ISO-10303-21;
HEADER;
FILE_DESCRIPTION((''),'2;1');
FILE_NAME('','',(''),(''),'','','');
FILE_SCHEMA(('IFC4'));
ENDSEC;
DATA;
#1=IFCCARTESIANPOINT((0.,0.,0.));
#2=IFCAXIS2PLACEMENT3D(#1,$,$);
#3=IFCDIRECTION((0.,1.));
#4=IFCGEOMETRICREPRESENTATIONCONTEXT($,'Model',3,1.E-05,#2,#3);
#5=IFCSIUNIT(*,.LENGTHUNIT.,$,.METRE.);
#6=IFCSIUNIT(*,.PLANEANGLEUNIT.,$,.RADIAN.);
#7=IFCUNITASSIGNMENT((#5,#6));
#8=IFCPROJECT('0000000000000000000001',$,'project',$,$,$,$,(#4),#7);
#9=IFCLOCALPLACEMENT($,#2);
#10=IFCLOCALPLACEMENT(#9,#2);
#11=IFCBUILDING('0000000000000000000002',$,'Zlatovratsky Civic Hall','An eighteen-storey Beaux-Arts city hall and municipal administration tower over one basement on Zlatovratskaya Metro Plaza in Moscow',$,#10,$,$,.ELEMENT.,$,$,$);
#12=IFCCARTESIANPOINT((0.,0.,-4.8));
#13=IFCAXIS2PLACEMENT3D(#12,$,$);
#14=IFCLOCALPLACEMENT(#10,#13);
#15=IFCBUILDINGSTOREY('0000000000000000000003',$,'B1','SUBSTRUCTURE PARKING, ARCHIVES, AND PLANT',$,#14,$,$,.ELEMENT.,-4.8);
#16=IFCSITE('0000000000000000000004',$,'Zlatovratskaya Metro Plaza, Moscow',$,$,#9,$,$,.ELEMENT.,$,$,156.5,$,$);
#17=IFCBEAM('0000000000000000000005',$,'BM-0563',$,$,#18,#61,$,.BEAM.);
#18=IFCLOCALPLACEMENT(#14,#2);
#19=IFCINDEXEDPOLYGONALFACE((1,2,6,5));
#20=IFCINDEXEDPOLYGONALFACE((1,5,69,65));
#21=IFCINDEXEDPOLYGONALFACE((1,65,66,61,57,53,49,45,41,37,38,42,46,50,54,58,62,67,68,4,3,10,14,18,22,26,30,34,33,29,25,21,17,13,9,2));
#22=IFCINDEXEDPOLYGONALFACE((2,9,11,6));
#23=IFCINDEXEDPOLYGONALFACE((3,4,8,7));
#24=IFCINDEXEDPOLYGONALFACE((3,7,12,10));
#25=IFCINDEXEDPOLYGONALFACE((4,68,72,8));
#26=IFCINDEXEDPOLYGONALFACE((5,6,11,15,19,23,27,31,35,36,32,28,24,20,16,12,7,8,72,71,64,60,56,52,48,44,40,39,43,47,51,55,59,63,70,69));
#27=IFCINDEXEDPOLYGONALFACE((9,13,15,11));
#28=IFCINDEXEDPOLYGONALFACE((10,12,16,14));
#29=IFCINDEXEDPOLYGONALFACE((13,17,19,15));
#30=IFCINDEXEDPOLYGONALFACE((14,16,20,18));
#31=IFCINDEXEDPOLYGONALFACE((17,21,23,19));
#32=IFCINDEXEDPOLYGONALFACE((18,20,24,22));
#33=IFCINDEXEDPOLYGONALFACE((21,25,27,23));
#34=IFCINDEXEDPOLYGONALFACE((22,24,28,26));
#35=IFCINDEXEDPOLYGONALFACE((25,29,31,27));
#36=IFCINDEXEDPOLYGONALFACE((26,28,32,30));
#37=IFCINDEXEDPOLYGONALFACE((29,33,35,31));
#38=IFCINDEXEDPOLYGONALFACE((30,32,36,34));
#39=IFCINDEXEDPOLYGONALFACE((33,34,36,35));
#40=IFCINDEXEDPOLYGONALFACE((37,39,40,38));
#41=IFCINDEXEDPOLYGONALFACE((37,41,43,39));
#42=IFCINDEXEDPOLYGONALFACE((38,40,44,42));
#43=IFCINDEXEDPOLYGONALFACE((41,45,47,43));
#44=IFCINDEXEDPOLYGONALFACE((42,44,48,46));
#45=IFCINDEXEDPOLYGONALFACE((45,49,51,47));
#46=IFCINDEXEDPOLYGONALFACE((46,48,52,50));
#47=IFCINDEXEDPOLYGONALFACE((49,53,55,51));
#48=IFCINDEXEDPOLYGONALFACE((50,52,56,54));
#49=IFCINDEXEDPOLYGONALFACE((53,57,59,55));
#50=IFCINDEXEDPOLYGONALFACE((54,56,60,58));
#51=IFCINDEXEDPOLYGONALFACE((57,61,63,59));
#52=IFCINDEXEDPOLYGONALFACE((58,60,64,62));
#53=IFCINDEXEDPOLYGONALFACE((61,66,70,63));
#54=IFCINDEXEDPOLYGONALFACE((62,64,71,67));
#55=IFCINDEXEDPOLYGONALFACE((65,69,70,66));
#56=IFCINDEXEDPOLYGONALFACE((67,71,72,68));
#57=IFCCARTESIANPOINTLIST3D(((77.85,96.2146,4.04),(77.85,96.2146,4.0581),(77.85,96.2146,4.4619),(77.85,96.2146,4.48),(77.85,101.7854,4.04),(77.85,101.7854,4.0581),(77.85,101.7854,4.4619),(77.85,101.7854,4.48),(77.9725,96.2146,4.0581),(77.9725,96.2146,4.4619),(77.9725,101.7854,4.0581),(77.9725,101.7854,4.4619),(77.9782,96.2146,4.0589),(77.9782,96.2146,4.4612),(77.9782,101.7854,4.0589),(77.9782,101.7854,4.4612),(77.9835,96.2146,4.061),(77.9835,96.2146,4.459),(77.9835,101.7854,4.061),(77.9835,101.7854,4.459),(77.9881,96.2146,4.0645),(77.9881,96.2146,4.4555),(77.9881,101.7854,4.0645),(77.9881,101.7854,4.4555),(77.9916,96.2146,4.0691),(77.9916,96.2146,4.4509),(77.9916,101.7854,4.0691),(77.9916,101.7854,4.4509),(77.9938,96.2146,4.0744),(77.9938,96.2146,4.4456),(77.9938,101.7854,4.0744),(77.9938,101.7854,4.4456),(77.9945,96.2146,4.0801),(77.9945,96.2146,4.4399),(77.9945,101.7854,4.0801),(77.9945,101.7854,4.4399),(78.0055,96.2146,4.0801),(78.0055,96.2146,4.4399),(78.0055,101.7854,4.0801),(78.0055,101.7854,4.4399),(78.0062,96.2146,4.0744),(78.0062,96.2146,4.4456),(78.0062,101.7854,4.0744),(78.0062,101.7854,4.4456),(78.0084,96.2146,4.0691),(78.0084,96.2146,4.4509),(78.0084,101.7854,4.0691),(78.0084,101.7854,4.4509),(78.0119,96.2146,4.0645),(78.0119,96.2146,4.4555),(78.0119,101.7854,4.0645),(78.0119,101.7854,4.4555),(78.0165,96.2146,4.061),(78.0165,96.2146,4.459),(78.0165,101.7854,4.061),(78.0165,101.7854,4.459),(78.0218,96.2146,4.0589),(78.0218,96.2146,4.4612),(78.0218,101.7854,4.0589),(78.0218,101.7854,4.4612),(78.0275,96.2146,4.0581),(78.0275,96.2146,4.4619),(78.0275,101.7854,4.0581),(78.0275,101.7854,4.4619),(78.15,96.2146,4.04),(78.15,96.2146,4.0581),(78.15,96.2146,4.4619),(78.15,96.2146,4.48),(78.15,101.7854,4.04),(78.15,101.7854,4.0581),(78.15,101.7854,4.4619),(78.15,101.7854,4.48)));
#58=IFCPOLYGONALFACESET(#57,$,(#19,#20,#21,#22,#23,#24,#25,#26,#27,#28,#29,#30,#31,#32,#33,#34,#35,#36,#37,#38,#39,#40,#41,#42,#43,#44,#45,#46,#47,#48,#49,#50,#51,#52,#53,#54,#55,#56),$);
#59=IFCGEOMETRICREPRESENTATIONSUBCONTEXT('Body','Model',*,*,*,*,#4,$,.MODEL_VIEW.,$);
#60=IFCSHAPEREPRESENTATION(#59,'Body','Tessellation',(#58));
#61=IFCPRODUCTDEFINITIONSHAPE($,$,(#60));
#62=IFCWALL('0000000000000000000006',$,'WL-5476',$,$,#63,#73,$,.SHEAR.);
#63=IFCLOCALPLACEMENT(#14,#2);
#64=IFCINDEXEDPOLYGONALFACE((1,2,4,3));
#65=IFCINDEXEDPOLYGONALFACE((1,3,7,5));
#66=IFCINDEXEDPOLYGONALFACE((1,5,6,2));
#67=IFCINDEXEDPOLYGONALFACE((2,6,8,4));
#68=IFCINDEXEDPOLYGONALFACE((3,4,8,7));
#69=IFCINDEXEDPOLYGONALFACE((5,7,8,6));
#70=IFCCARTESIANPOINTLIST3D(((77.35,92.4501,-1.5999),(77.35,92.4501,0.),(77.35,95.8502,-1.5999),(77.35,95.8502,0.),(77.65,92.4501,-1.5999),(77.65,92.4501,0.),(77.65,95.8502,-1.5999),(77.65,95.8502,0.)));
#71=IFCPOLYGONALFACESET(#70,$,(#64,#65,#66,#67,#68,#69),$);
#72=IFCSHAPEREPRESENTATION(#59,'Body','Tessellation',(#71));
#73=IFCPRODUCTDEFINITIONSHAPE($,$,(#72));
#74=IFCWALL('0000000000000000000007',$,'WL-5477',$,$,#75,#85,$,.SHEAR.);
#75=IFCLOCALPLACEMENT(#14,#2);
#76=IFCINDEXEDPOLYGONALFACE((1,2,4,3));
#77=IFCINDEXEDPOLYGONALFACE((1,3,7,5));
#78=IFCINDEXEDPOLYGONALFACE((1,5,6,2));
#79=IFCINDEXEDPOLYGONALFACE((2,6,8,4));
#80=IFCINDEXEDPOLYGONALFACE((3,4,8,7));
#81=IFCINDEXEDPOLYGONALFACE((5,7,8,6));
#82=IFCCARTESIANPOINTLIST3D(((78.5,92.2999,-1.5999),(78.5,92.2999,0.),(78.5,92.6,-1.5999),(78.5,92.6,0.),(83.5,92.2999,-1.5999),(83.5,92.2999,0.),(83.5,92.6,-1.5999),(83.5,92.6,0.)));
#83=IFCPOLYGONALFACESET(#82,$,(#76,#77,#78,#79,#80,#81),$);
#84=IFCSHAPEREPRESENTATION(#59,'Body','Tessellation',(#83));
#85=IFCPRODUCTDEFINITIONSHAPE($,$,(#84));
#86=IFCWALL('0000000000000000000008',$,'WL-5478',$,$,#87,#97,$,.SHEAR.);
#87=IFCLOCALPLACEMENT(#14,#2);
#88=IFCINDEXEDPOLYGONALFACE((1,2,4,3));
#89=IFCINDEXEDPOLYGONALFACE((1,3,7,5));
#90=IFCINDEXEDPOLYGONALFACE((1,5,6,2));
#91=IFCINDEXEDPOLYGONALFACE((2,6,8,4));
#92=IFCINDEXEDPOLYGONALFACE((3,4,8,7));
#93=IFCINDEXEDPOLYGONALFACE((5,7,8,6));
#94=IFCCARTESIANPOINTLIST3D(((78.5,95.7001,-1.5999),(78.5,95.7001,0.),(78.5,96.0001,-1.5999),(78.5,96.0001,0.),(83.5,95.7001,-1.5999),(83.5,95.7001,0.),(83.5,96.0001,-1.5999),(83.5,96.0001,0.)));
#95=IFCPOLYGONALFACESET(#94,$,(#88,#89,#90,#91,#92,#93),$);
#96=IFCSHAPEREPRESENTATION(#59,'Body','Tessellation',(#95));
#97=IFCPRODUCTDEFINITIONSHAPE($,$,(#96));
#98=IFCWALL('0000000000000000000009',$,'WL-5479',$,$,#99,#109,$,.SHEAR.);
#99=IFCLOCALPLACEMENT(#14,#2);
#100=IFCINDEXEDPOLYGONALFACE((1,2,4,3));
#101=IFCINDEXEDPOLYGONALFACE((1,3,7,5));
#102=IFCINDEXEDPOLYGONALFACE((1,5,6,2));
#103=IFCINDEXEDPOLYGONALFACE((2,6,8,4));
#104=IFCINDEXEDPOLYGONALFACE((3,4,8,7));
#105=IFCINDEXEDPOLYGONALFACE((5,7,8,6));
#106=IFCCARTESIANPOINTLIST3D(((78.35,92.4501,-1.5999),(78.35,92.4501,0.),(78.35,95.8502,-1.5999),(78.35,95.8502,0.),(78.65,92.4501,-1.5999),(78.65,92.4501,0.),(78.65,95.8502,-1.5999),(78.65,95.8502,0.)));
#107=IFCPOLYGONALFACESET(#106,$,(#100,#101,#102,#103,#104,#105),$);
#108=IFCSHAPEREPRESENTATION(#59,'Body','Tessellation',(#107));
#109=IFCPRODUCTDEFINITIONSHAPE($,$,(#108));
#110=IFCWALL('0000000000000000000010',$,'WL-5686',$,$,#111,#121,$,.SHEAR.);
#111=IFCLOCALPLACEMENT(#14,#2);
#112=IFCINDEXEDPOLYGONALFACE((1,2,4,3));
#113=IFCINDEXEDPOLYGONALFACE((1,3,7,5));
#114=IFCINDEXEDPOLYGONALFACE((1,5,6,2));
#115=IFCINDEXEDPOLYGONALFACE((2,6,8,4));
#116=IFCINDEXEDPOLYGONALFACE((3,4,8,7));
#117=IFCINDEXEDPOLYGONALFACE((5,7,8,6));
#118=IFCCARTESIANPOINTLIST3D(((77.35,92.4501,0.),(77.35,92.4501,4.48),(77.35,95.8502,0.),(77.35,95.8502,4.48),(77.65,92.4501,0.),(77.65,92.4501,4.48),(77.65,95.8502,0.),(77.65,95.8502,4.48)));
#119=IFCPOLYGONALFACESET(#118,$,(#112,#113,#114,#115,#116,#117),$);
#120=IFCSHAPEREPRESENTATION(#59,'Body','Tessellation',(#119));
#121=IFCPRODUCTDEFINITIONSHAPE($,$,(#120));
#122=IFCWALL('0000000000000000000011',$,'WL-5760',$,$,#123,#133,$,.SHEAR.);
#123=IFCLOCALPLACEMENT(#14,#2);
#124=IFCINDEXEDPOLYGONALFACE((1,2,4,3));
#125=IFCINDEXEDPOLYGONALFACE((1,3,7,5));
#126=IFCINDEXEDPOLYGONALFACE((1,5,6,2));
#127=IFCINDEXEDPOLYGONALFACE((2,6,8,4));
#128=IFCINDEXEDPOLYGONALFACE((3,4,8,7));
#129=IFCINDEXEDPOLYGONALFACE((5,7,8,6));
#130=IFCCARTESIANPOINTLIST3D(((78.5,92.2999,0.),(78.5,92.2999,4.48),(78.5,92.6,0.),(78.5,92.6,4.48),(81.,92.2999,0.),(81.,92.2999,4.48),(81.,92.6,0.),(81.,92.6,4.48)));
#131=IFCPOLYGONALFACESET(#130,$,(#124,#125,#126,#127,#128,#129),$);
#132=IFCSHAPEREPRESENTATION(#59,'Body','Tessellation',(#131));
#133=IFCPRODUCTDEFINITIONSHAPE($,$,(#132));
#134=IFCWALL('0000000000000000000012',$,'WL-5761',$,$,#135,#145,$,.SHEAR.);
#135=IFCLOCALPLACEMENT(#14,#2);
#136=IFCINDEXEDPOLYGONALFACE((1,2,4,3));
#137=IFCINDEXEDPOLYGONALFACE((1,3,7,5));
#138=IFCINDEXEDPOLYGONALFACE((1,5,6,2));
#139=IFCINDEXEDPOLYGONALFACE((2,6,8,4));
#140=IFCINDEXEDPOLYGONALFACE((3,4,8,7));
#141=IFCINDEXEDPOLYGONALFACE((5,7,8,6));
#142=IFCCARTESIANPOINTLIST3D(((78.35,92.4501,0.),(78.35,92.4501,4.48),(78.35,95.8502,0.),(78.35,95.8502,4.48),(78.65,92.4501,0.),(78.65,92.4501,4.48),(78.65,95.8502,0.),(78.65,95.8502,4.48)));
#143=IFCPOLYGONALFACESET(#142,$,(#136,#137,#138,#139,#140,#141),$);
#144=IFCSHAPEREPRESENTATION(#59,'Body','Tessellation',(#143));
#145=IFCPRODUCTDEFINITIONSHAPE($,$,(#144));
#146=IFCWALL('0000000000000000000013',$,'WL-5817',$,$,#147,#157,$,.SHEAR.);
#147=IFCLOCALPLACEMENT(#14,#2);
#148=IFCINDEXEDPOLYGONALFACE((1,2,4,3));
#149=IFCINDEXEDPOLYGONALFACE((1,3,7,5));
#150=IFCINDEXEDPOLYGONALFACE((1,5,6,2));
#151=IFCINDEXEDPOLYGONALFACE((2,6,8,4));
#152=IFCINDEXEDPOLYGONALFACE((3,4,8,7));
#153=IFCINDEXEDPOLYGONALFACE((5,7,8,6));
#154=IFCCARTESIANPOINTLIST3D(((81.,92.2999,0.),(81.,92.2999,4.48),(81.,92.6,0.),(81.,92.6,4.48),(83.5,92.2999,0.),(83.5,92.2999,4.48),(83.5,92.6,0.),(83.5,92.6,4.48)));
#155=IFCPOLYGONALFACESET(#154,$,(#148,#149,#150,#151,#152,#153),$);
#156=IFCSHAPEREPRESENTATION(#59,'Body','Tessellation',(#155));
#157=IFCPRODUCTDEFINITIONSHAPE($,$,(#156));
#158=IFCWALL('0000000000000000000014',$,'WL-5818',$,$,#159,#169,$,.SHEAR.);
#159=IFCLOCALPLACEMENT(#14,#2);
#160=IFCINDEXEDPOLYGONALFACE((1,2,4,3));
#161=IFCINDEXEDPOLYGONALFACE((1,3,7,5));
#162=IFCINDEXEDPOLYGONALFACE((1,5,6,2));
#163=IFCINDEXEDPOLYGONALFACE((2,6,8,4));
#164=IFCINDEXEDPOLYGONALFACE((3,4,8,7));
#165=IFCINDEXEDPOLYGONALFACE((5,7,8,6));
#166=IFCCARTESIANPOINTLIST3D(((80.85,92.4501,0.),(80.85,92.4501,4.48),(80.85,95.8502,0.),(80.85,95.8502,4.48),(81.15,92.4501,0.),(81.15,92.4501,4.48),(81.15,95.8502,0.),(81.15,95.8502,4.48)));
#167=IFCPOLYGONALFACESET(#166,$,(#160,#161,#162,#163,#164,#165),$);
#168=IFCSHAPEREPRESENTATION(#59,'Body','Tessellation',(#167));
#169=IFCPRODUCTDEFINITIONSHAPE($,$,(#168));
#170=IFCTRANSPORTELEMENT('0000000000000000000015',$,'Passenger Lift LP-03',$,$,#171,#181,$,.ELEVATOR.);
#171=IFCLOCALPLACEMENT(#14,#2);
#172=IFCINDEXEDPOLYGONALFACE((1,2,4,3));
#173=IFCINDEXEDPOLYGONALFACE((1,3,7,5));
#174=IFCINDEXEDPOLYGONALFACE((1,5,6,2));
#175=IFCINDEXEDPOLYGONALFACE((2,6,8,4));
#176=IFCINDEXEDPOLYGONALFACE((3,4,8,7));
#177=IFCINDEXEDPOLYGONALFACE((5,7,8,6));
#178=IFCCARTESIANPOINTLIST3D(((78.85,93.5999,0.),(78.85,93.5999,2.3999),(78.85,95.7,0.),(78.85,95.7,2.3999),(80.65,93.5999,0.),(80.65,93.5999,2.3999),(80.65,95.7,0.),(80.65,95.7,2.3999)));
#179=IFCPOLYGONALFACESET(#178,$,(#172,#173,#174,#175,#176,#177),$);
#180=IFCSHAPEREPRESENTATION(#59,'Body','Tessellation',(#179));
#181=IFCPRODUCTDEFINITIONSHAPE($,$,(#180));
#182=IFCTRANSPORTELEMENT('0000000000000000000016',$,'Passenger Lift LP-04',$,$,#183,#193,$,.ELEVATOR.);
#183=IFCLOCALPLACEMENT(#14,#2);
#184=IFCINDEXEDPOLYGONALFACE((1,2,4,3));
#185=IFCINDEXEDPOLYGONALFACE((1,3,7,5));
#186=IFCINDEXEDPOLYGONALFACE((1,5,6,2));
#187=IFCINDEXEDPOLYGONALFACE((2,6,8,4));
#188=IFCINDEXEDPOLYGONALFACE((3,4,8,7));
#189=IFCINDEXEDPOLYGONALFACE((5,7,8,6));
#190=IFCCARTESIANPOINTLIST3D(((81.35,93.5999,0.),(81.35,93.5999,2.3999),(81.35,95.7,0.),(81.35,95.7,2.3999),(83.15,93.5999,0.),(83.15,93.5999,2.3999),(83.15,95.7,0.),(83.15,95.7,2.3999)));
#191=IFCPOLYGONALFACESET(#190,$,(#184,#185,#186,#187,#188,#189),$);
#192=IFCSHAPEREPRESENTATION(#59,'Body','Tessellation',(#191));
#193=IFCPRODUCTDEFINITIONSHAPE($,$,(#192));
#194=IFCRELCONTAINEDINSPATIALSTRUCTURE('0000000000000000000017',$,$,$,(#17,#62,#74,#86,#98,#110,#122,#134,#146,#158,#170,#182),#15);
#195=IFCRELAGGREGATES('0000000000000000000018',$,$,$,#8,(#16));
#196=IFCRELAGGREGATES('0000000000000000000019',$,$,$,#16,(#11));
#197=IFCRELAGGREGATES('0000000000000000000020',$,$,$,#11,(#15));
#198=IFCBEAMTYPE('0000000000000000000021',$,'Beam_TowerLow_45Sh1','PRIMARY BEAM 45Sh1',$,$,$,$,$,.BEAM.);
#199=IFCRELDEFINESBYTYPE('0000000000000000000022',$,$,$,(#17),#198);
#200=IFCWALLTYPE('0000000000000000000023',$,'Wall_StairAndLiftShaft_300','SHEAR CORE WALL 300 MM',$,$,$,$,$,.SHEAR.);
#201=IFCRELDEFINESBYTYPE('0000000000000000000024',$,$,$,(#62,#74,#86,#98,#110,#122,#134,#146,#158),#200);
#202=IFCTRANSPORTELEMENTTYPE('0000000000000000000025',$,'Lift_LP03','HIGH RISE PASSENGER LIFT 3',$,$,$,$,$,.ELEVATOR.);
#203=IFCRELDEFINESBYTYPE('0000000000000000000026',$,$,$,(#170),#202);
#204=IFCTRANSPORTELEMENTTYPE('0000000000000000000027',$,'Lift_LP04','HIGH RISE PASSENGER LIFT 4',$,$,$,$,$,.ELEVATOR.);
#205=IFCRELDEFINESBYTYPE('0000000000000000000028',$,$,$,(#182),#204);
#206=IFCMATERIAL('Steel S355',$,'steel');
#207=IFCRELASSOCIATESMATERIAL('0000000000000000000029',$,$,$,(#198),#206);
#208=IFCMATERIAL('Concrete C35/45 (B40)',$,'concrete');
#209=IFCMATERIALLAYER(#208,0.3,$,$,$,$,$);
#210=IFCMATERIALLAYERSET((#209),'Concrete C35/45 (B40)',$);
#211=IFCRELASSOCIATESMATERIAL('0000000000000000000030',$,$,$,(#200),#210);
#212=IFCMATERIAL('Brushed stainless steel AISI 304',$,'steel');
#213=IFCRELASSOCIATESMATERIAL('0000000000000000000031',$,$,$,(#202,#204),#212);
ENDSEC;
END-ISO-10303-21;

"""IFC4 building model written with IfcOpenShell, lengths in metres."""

from ifc_helpers import new_model, si_unit, direction, frame, frame_2d, origin, origin_2d, place, context, subcontext, project, spatial, rectangle, i_section, extrude, material, layer, layer_set, material_profile, profile_set, type_object, element, save


model = new_model("IFC4")

# Units and contexts
model_context = context("Model", 3, precision=1e-05, world=origin(), true_north=direction((0.0, 1.0)))
body_context = subcontext(model_context, "Body", "Model", "MODEL_VIEW")
ifc_project = project(units=[si_unit("LENGTHUNIT", "METRE"), si_unit("PLANEANGLEUNIT", "RADIAN")], contexts=[model_context])

# Site, building, storey
site_placement = place(None, origin())
site = spatial("IfcSite", under=ifc_project, at=site_placement, Name="Zlatovratskaya Metro Plaza, Moscow", CompositionType="ELEMENT", RefElevation=156.5)
building_placement = place(site_placement, origin())
building = spatial("IfcBuilding", under=site, at=building_placement, Name="Zlatovratsky Civic Hall", Description="An eighteen-storey Beaux-Arts city hall and municipal administration tower over one basement on Zlatovratskaya Metro Plaza in Moscow", CompositionType="ELEMENT")
storey_placement = place(building_placement, frame((0.0, 0.0, -4.8)))
storey = spatial("IfcBuildingStorey", under=building, at=storey_placement, Name="B1", Description="SUBSTRUCTURE PARKING, ARCHIVES, AND PLANT", CompositionType="ELEMENT", Elevation=-4.8)

# Shared definitions
ifc_material_1 = material(Name="Steel S355", Category="steel")

# Beam
ifc_material_profile_1 = material_profile(ifc_material_1, i_section(OverallWidth=0.3, OverallDepth=0.4399, WebThickness=0.011, FlangeThickness=0.0181, FilletRadius=0.022, at=origin_2d()), Name="45Sh1")
ifc_profile_set_1 = profile_set([ifc_material_profile_1], Name="Steel S355")
beam_type = type_object("IfcBeamType", Name="Beam_TowerLow_45Sh1", Description="PRIMARY BEAM 45Sh1", PredefinedType="BEAM", material=ifc_profile_set_1)
beam_1_placement = place(storey_placement, frame((78.0, 96.2146, 4.26), z_axis=(0.0, 1.0, 0.0), x_axis=(-1.0, 0.0, 0.0)))
element("IfcBeam", 1, at=beam_1_placement, inside=storey, type_object=beam_type, Name="BM-0563", PredefinedType="BEAM", context=body_context, shape_type="SweptSolid", body=[
    extrude(i_section(OverallWidth=0.3, OverallDepth=0.4399, WebThickness=0.011, FlangeThickness=0.0181, FilletRadius=0.022, at=origin_2d()), origin(), (0.0, 0.0, 1.0), 5.5708),
])

# Walls
ifc_material_2 = material(Name="Concrete C35/45 (B40)", Category="concrete")
ifc_layer = layer(ifc_material_2, 0.3)
ifc_layer_set = layer_set([ifc_layer], Name="Concrete C35/45 (B40)")
wall_type = type_object("IfcWallType", Name="Wall_StairAndLiftShaft_300", Description="SHEAR CORE WALL 300 MM", PredefinedType="SHEAR", material=ifc_layer_set)
wall_1_placement = place(storey_placement, frame((77.5, 92.45, -1.5999), z_axis=(0.0, 0.0, 1.0), x_axis=(0.0, 1.0, 0.0)))
element("IfcWall", 2, at=wall_1_placement, inside=storey, type_object=wall_type, Name="WL-5476", PredefinedType="SHEAR", context=body_context, shape_type="SweptSolid", body=[
    extrude(rectangle(XDim=3.4001, YDim=0.3, at=frame_2d((1.7002, 0.0))), origin(), (0.0, 0.0, 1.0), 1.5999),
])
for number, where, z_axis, x_axis, name in (
    (3, (78.5, 92.45, -1.5999), (0.0, 0.0, 1.0), (1.0, 0.0, 0.0), "WL-5477"),
    (4, (78.5, 95.8501, -1.5999), (0.0, 0.0, 1.0), (1.0, 0.0, 0.0), "WL-5478"),
):
    element("IfcWall", number, at=place(storey_placement, frame(where, z_axis=z_axis, x_axis=x_axis)), inside=storey, type_object=wall_type, Name=name, PredefinedType="SHEAR", context=body_context, shape_type="SweptSolid", body=[
        extrude(rectangle(XDim=5.0, YDim=0.3, at=frame_2d((2.5, 0.0))), origin(), (0.0, 0.0, 1.0), 1.5999),
    ])
wall_2_placement = place(storey_placement, frame((78.5, 92.45, -1.5999), z_axis=(0.0, 0.0, 1.0), x_axis=(0.0, 1.0, 0.0)))
element("IfcWall", 5, at=wall_2_placement, inside=storey, type_object=wall_type, Name="WL-5479", PredefinedType="SHEAR", context=body_context, shape_type="SweptSolid", body=[
    extrude(rectangle(XDim=3.4001, YDim=0.3, at=frame_2d((1.7002, 0.0))), origin(), (0.0, 0.0, 1.0), 1.5999),
])
wall_3_placement = place(storey_placement, frame((77.5, 92.45, 0.0), z_axis=(0.0, 0.0, 1.0), x_axis=(0.0, 1.0, 0.0)))
element("IfcWall", 6, at=wall_3_placement, inside=storey, type_object=wall_type, Name="WL-5686", PredefinedType="SHEAR", context=body_context, shape_type="SweptSolid", body=[
    extrude(rectangle(XDim=3.4001, YDim=0.3, at=frame_2d((1.7002, 0.0))), origin(), (0.0, 0.0, 1.0), 4.48),
])

# Shared definitions
ifc_material_3 = material(Name="Brushed stainless steel AISI 304", Category="steel")

# Walls
wall_4_placement = place(storey_placement, frame((78.5, 92.45, 0.0), z_axis=(0.0, 0.0, 1.0), x_axis=(1.0, 0.0, 0.0)))
element("IfcWall", 7, at=wall_4_placement, inside=storey, type_object=wall_type, Name="WL-5760", PredefinedType="SHEAR", context=body_context, shape_type="SweptSolid", body=[
    extrude(rectangle(XDim=2.5, YDim=0.3, at=frame_2d((1.25, 0.0))), origin(), (0.0, 0.0, 1.0), 4.48),
])
wall_5_placement = place(storey_placement, frame((78.5, 92.45, 0.0), z_axis=(0.0, 0.0, 1.0), x_axis=(0.0, 1.0, 0.0)))
element("IfcWall", 8, at=wall_5_placement, inside=storey, type_object=wall_type, Name="WL-5761", PredefinedType="SHEAR", context=body_context, shape_type="SweptSolid", body=[
    extrude(rectangle(XDim=3.4001, YDim=0.3, at=frame_2d((1.7002, 0.0))), origin(), (0.0, 0.0, 1.0), 4.48),
])

# Walls
wall_6_placement = place(storey_placement, frame((81.0, 92.45, 0.0), z_axis=(0.0, 0.0, 1.0), x_axis=(1.0, 0.0, 0.0)))
element("IfcWall", 9, at=wall_6_placement, inside=storey, type_object=wall_type, Name="WL-5817", PredefinedType="SHEAR", context=body_context, shape_type="SweptSolid", body=[
    extrude(rectangle(XDim=2.5, YDim=0.3, at=frame_2d((1.25, 0.0))), origin(), (0.0, 0.0, 1.0), 4.48),
])
wall_7_placement = place(storey_placement, frame((81.0, 92.45, 0.0), z_axis=(0.0, 0.0, 1.0), x_axis=(0.0, 1.0, 0.0)))
element("IfcWall", 10, at=wall_7_placement, inside=storey, type_object=wall_type, Name="WL-5818", PredefinedType="SHEAR", context=body_context, shape_type="SweptSolid", body=[
    extrude(rectangle(XDim=3.4001, YDim=0.3, at=frame_2d((1.7002, 0.0))), origin(), (0.0, 0.0, 1.0), 4.48),
])

# Transport elements
transport_element_type_1 = type_object("IfcTransportElementType", Name="Lift_LP03", Description="HIGH RISE PASSENGER LIFT 3", PredefinedType="ELEVATOR", material=ifc_material_3)
transport_element_1_placement = place(storey_placement, frame((79.75, 94.6499, 0.0), z_axis=(0.0, 0.0, 1.0), x_axis=(1.0, 0.0, 0.0)))
element("IfcTransportElement", 11, at=transport_element_1_placement, inside=storey, type_object=transport_element_type_1, Name="Passenger Lift LP-03", PredefinedType="ELEVATOR", context=body_context, shape_type="SweptSolid", body=[
    extrude(rectangle(XDim=1.8, YDim=2.1001, at=origin_2d()), origin(), (0.0, 0.0, 1.0), 2.3999),
])
transport_element_type_2 = type_object("IfcTransportElementType", Name="Lift_LP04", Description="HIGH RISE PASSENGER LIFT 4", PredefinedType="ELEVATOR", material=ifc_material_3)
transport_element_2_placement = place(storey_placement, frame((82.25, 94.6499, 0.0), z_axis=(0.0, 0.0, 1.0), x_axis=(1.0, 0.0, 0.0)))
element("IfcTransportElement", 12, at=transport_element_2_placement, inside=storey, type_object=transport_element_type_2, Name="Passenger Lift LP-04", PredefinedType="ELEVATOR", context=body_context, shape_type="SweptSolid", body=[
    extrude(rectangle(XDim=1.8, YDim=2.1001, at=origin_2d()), origin(), (0.0, 0.0, 1.0), 2.3999),
])

save(model, "model.ifc")
